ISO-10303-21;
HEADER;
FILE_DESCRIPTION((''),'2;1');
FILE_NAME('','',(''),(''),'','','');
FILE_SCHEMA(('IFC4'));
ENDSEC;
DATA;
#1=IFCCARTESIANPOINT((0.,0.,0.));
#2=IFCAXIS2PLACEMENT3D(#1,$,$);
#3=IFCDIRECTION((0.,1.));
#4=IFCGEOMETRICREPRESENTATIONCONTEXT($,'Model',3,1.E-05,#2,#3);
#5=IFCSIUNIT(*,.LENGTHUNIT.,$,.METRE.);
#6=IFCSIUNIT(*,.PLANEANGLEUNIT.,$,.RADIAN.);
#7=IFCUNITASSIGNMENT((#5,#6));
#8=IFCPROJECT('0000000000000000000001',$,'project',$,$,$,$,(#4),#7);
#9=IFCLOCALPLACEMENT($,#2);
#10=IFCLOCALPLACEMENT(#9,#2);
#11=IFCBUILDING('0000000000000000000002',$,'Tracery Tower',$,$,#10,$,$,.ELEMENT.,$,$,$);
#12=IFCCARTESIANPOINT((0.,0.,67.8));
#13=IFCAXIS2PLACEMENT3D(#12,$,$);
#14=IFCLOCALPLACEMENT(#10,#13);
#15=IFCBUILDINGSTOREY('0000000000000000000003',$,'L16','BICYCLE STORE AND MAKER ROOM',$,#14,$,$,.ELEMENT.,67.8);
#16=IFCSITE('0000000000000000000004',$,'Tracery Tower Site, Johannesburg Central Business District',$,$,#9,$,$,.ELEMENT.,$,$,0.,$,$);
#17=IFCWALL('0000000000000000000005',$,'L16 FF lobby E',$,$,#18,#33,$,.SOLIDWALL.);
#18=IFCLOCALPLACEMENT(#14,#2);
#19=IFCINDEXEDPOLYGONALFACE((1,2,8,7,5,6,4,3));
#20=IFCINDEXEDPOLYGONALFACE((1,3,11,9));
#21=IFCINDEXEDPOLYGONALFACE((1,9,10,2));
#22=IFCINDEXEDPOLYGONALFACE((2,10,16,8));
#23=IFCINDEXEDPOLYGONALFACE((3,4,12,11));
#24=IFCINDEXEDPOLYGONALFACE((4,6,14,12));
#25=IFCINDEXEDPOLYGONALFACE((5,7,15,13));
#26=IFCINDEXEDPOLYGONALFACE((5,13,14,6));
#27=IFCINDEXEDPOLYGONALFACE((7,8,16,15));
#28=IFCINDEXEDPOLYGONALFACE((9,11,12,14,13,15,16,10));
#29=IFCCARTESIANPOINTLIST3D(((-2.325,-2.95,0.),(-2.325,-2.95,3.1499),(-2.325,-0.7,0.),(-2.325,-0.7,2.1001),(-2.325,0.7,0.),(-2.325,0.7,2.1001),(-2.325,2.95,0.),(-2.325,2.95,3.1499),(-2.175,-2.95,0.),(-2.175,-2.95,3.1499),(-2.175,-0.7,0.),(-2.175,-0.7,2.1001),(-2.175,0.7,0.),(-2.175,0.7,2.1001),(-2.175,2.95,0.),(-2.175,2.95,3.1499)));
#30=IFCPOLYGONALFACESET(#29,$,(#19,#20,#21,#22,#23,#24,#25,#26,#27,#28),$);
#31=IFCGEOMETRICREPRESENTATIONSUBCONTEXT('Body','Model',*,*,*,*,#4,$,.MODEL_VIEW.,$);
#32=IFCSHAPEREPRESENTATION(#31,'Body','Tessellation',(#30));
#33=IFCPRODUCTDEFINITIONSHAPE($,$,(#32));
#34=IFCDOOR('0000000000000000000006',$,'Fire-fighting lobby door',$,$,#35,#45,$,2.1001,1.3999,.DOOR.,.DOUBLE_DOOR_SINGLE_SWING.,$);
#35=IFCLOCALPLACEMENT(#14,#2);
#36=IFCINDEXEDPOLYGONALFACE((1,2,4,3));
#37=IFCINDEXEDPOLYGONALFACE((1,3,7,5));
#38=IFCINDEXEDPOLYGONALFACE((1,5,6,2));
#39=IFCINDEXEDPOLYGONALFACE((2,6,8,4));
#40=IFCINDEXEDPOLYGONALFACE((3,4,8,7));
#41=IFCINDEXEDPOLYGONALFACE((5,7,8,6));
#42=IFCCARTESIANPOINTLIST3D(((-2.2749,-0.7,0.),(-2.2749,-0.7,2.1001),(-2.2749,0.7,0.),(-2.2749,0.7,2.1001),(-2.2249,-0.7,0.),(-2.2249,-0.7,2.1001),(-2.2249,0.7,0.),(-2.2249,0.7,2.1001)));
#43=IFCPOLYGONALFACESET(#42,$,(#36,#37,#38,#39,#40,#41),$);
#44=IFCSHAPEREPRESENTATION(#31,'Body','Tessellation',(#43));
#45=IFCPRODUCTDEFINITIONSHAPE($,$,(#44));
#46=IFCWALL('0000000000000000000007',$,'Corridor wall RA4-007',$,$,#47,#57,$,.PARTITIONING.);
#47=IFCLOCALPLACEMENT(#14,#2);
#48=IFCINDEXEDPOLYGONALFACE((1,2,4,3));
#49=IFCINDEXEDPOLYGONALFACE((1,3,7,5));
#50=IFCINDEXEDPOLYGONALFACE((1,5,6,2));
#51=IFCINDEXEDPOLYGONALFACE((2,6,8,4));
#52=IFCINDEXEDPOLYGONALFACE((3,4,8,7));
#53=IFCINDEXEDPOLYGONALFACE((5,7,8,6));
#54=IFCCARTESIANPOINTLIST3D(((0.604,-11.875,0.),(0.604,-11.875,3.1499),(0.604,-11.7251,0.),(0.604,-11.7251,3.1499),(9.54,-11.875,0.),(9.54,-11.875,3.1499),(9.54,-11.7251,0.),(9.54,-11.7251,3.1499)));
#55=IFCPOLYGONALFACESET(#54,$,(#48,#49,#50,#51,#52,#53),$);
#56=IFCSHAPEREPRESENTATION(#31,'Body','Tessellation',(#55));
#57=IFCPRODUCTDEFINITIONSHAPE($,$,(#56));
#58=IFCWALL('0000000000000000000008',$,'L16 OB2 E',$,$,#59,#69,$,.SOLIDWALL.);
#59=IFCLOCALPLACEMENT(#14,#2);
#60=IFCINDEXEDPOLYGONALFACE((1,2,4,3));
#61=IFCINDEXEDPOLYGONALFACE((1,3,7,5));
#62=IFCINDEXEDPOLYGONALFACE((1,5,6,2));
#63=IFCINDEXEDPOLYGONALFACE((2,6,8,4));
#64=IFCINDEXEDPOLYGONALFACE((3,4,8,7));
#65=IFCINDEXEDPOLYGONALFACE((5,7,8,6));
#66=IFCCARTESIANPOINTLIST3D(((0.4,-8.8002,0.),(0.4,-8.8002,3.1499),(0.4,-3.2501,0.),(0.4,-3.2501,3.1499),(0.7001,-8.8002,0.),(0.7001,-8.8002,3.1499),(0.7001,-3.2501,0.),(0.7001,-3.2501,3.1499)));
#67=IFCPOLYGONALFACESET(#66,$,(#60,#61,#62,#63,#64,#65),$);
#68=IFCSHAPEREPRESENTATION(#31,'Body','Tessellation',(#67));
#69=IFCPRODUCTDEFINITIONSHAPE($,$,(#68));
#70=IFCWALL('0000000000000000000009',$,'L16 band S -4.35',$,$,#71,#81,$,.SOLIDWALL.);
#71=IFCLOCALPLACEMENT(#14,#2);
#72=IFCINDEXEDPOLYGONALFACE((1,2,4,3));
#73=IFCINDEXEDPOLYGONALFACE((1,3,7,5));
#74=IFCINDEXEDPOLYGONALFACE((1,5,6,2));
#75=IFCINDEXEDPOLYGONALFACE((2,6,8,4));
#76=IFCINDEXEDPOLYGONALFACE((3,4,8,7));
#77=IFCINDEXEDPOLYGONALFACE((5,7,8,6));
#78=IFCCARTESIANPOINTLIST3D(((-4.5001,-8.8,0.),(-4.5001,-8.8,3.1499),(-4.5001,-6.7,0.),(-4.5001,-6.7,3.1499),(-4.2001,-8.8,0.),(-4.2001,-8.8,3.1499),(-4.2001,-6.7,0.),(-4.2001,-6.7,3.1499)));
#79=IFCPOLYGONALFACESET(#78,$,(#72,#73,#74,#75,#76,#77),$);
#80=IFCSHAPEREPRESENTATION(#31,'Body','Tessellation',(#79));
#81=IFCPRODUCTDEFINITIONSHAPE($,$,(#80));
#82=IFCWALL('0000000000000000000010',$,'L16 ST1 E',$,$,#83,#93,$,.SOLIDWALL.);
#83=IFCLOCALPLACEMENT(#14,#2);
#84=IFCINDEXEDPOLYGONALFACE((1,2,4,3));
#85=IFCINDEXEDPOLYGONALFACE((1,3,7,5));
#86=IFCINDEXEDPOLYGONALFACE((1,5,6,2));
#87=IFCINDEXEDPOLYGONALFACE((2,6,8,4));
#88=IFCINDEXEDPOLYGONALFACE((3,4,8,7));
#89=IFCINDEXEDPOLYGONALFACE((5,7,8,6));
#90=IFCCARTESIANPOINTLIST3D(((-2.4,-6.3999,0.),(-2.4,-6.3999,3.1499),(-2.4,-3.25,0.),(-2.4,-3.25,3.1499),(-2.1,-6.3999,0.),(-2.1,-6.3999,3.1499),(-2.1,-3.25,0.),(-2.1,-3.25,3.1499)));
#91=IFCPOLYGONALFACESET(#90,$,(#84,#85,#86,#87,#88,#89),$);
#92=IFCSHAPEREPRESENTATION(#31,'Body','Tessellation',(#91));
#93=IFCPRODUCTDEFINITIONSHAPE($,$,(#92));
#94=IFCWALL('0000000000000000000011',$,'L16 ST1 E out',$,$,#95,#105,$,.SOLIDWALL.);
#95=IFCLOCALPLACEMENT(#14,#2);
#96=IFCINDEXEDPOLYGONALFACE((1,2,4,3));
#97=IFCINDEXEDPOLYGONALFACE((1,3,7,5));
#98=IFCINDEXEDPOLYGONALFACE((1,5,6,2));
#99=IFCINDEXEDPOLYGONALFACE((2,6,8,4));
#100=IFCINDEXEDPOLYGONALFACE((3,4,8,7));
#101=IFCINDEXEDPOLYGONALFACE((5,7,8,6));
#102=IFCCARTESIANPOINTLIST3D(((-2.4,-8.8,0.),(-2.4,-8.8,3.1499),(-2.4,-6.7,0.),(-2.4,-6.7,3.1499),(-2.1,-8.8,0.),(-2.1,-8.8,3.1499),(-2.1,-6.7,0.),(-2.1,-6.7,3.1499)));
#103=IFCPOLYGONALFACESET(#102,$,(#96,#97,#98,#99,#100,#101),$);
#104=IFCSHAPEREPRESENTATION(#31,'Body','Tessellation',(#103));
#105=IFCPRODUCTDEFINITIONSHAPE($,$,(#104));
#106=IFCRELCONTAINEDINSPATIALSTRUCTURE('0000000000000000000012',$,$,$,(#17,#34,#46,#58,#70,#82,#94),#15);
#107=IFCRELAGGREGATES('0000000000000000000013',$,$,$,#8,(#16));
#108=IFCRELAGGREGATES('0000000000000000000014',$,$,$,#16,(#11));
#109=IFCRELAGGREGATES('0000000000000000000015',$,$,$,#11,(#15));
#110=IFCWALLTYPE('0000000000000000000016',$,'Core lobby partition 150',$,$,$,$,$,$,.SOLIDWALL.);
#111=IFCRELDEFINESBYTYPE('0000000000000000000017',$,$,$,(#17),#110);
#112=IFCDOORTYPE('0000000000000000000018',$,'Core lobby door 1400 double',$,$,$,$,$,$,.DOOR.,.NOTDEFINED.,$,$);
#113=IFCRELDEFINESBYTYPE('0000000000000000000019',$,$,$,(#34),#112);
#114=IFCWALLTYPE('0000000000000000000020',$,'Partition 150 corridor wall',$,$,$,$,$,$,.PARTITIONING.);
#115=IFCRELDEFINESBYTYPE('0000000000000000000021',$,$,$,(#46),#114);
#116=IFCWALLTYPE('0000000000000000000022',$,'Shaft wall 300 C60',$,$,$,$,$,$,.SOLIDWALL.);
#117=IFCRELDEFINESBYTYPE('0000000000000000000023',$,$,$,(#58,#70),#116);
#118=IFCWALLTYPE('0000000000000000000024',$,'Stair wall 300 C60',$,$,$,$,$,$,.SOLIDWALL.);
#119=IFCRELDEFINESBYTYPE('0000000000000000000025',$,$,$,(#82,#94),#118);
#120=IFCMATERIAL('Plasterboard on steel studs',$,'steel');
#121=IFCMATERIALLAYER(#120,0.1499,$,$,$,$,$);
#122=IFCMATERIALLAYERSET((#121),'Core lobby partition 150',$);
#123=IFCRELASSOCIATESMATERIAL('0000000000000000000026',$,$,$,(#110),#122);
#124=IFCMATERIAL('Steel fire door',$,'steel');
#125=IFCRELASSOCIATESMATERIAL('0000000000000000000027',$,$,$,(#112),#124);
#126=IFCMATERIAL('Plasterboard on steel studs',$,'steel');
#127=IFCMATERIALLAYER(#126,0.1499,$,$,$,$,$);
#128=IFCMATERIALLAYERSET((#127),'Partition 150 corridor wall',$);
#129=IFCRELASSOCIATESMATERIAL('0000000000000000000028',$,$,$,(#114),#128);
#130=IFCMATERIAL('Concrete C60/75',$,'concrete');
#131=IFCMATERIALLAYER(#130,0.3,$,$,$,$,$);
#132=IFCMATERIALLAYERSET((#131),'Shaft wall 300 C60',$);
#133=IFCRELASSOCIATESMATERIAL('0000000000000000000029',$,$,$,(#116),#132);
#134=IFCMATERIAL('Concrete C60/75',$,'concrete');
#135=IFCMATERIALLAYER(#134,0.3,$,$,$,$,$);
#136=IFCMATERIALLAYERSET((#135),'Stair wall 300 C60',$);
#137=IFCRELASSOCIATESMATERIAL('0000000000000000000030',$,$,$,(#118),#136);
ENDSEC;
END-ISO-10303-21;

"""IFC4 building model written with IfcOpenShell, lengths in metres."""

from ifc_helpers import new_model, si_unit, direction, frame, frame_2d, origin, place, context, subcontext, project, spatial, rectangle, extrude, material, layer, layer_set, type_object, element, fill, save


model = new_model("IFC4")

# Units and contexts
model_context = context("Model", 3, precision=1e-05, world=origin(), true_north=direction((0.0, 1.0)))
body_context = subcontext(model_context, "Body", "Model", "MODEL_VIEW")
ifc_project = project(units=[si_unit("LENGTHUNIT", "METRE"), si_unit("PLANEANGLEUNIT", "RADIAN")], contexts=[model_context])

# Site, building, storey
site_placement = place(None, origin())
site = spatial("IfcSite", under=ifc_project, at=site_placement, Name="Tracery Tower Site, Johannesburg Central Business District", CompositionType="ELEMENT", RefElevation=0.0)
building_placement = place(site_placement, origin())
building = spatial("IfcBuilding", under=site, at=building_placement, Name="Tracery Tower", CompositionType="ELEMENT")
storey_placement = place(building_placement, frame((0.0, 0.0, 67.8)))
storey = spatial("IfcBuildingStorey", under=building, at=storey_placement, Name="L16", Description="BICYCLE STORE AND MAKER ROOM", CompositionType="ELEMENT", Elevation=67.8)

# Wall, opening, door
ifc_material_1 = material(Name="Plasterboard on steel studs", Category="steel")
ifc_layer_1 = layer(ifc_material_1, 0.1499)
ifc_layer_set_1 = layer_set([ifc_layer_1], Name="Core lobby partition 150")
wall_type_1 = type_object("IfcWallType", Name="Core lobby partition 150", PredefinedType="SOLIDWALL", material=ifc_layer_set_1)
wall_1_placement = place(storey_placement, frame((-2.25, -2.95, 0.0), z_axis=(0.0, 0.0, 1.0), x_axis=(0.0, 1.0, 0.0)))
wall_1 = element("IfcWall", 1, at=wall_1_placement, inside=storey, type_object=wall_type_1, Name="L16 FF lobby E", PredefinedType="SOLIDWALL", context=body_context, shape_type="SweptSolid", body=[
    extrude(rectangle(XDim=5.8999, YDim=0.1499, at=frame_2d((2.95, 0.0))), origin(), (0.0, 0.0, 1.0), 3.1499),
])
opening_1_placement = place(wall_1_placement, frame((2.25, 0.0, 0.0)))
opening_1 = element("IfcOpeningElement", 2, at=opening_1_placement, cuts=wall_1, PredefinedType="OPENING", context=body_context, shape_type="SweptSolid", body=[
    extrude(rectangle(XDim=1.3999, YDim=2.1001, at=frame_2d((0.7, 1.05))), frame((0.0, 0.075, 0.0), z_axis=(0.0, -1.0, 0.0), x_axis=(1.0, 0.0, 0.0)), (0.0, 0.0, 1.0), 0.1499),
])
ifc_material_2 = material(Name="Steel fire door", Category="steel")
door_type_1 = type_object("IfcDoorType", Name="Core lobby door 1400 double", OperationType="NOTDEFINED", PredefinedType="DOOR", material=ifc_material_2)
door_1_placement = place(opening_1_placement, origin())
door_1 = element("IfcDoor", 3, at=door_1_placement, inside=storey, type_object=door_type_1, Name="Fire-fighting lobby door", OperationType="DOUBLE_DOOR_SINGLE_SWING", OverallHeight=2.1001, OverallWidth=1.3999, PredefinedType="DOOR", context=body_context, shape_type="SweptSolid", body=[
    extrude(rectangle(XDim=1.3999, YDim=2.1001, at=frame_2d((0.7, 1.05))), frame((0.0, 0.0249, 0.0), z_axis=(0.0, -1.0, 0.0), x_axis=(1.0, 0.0, 0.0)), (0.0, 0.0, 1.0), 0.05),
])
fill(opening_1, door_1)

# Wall
ifc_material_3 = material(Name="Plasterboard on steel studs", Category="steel")
ifc_layer_2 = layer(ifc_material_3, 0.1499)
ifc_layer_set_2 = layer_set([ifc_layer_2], Name="Partition 150 corridor wall")
wall_type_2 = type_object("IfcWallType", Name="Partition 150 corridor wall", PredefinedType="PARTITIONING", material=ifc_layer_set_2)
wall_2_placement = place(storey_placement, frame((0.604, -11.8, 0.0), z_axis=(0.0, 0.0, 1.0), x_axis=(1.0, 0.0, 0.0)))
element("IfcWall", 4, at=wall_2_placement, inside=storey, type_object=wall_type_2, Name="Corridor wall RA4-007", PredefinedType="PARTITIONING", context=body_context, shape_type="SweptSolid", body=[
    extrude(rectangle(XDim=8.936, YDim=0.1499, at=frame_2d((4.468, 0.0))), origin(), (0.0, 0.0, 1.0), 3.1499),
])

# Shared definitions
ifc_material_4 = material(Name="Concrete C60/75", Category="concrete")
ifc_layer_3 = layer(ifc_material_4, 0.3)
ifc_layer_set_3 = layer_set([ifc_layer_3], Name="Shaft wall 300 C60")
wall_type_3 = type_object("IfcWallType", Name="Shaft wall 300 C60", PredefinedType="SOLIDWALL", material=ifc_layer_set_3)

# Walls
wall_3_placement = place(storey_placement, frame((0.55, -8.8, 0.0), z_axis=(0.0, 0.0, 1.0), x_axis=(0.0, 1.0, 0.0)))
element("IfcWall", 5, at=wall_3_placement, inside=storey, type_object=wall_type_3, Name="L16 OB2 E", PredefinedType="SOLIDWALL", context=body_context, shape_type="SweptSolid", body=[
    extrude(rectangle(XDim=5.55, YDim=0.3, at=frame_2d((2.7749, 0.0))), origin(), (0.0, 0.0, 1.0), 3.1499),
])
wall_4_placement = place(storey_placement, frame((-4.3501, -8.8, 0.0), z_axis=(0.0, 0.0, 1.0), x_axis=(0.0, 1.0, 0.0)))
element("IfcWall", 6, at=wall_4_placement, inside=storey, type_object=wall_type_3, Name="L16 band S -4.35", PredefinedType="SOLIDWALL", context=body_context, shape_type="SweptSolid", body=[
    extrude(rectangle(XDim=2.1001, YDim=0.3, at=frame_2d((1.05, 0.0))), origin(), (0.0, 0.0, 1.0), 3.1499),
])
ifc_material_5 = material(Name="Concrete C60/75", Category="concrete")
ifc_layer_4 = layer(ifc_material_5, 0.3)
ifc_layer_set_4 = layer_set([ifc_layer_4], Name="Stair wall 300 C60")
wall_type_4 = type_object("IfcWallType", Name="Stair wall 300 C60", PredefinedType="SOLIDWALL", material=ifc_layer_set_4)
wall_5_placement = place(storey_placement, frame((-2.25, -6.3999, 0.0), z_axis=(0.0, 0.0, 1.0), x_axis=(0.0, 1.0, 0.0)))
element("IfcWall", 7, at=wall_5_placement, inside=storey, type_object=wall_type_4, Name="L16 ST1 E", PredefinedType="SOLIDWALL", context=body_context, shape_type="SweptSolid", body=[
    extrude(rectangle(XDim=3.1499, YDim=0.3, at=frame_2d((1.575, 0.0))), origin(), (0.0, 0.0, 1.0), 3.1499),
])
wall_6_placement = place(storey_placement, frame((-2.25, -8.8, 0.0), z_axis=(0.0, 0.0, 1.0), x_axis=(0.0, 1.0, 0.0)))
element("IfcWall", 8, at=wall_6_placement, inside=storey, type_object=wall_type_4, Name="L16 ST1 E out", PredefinedType="SOLIDWALL", context=body_context, shape_type="SweptSolid", body=[
    extrude(rectangle(XDim=2.1001, YDim=0.3, at=frame_2d((1.05, 0.0))), origin(), (0.0, 0.0, 1.0), 3.1499),
])

save(model, "model.ifc")
